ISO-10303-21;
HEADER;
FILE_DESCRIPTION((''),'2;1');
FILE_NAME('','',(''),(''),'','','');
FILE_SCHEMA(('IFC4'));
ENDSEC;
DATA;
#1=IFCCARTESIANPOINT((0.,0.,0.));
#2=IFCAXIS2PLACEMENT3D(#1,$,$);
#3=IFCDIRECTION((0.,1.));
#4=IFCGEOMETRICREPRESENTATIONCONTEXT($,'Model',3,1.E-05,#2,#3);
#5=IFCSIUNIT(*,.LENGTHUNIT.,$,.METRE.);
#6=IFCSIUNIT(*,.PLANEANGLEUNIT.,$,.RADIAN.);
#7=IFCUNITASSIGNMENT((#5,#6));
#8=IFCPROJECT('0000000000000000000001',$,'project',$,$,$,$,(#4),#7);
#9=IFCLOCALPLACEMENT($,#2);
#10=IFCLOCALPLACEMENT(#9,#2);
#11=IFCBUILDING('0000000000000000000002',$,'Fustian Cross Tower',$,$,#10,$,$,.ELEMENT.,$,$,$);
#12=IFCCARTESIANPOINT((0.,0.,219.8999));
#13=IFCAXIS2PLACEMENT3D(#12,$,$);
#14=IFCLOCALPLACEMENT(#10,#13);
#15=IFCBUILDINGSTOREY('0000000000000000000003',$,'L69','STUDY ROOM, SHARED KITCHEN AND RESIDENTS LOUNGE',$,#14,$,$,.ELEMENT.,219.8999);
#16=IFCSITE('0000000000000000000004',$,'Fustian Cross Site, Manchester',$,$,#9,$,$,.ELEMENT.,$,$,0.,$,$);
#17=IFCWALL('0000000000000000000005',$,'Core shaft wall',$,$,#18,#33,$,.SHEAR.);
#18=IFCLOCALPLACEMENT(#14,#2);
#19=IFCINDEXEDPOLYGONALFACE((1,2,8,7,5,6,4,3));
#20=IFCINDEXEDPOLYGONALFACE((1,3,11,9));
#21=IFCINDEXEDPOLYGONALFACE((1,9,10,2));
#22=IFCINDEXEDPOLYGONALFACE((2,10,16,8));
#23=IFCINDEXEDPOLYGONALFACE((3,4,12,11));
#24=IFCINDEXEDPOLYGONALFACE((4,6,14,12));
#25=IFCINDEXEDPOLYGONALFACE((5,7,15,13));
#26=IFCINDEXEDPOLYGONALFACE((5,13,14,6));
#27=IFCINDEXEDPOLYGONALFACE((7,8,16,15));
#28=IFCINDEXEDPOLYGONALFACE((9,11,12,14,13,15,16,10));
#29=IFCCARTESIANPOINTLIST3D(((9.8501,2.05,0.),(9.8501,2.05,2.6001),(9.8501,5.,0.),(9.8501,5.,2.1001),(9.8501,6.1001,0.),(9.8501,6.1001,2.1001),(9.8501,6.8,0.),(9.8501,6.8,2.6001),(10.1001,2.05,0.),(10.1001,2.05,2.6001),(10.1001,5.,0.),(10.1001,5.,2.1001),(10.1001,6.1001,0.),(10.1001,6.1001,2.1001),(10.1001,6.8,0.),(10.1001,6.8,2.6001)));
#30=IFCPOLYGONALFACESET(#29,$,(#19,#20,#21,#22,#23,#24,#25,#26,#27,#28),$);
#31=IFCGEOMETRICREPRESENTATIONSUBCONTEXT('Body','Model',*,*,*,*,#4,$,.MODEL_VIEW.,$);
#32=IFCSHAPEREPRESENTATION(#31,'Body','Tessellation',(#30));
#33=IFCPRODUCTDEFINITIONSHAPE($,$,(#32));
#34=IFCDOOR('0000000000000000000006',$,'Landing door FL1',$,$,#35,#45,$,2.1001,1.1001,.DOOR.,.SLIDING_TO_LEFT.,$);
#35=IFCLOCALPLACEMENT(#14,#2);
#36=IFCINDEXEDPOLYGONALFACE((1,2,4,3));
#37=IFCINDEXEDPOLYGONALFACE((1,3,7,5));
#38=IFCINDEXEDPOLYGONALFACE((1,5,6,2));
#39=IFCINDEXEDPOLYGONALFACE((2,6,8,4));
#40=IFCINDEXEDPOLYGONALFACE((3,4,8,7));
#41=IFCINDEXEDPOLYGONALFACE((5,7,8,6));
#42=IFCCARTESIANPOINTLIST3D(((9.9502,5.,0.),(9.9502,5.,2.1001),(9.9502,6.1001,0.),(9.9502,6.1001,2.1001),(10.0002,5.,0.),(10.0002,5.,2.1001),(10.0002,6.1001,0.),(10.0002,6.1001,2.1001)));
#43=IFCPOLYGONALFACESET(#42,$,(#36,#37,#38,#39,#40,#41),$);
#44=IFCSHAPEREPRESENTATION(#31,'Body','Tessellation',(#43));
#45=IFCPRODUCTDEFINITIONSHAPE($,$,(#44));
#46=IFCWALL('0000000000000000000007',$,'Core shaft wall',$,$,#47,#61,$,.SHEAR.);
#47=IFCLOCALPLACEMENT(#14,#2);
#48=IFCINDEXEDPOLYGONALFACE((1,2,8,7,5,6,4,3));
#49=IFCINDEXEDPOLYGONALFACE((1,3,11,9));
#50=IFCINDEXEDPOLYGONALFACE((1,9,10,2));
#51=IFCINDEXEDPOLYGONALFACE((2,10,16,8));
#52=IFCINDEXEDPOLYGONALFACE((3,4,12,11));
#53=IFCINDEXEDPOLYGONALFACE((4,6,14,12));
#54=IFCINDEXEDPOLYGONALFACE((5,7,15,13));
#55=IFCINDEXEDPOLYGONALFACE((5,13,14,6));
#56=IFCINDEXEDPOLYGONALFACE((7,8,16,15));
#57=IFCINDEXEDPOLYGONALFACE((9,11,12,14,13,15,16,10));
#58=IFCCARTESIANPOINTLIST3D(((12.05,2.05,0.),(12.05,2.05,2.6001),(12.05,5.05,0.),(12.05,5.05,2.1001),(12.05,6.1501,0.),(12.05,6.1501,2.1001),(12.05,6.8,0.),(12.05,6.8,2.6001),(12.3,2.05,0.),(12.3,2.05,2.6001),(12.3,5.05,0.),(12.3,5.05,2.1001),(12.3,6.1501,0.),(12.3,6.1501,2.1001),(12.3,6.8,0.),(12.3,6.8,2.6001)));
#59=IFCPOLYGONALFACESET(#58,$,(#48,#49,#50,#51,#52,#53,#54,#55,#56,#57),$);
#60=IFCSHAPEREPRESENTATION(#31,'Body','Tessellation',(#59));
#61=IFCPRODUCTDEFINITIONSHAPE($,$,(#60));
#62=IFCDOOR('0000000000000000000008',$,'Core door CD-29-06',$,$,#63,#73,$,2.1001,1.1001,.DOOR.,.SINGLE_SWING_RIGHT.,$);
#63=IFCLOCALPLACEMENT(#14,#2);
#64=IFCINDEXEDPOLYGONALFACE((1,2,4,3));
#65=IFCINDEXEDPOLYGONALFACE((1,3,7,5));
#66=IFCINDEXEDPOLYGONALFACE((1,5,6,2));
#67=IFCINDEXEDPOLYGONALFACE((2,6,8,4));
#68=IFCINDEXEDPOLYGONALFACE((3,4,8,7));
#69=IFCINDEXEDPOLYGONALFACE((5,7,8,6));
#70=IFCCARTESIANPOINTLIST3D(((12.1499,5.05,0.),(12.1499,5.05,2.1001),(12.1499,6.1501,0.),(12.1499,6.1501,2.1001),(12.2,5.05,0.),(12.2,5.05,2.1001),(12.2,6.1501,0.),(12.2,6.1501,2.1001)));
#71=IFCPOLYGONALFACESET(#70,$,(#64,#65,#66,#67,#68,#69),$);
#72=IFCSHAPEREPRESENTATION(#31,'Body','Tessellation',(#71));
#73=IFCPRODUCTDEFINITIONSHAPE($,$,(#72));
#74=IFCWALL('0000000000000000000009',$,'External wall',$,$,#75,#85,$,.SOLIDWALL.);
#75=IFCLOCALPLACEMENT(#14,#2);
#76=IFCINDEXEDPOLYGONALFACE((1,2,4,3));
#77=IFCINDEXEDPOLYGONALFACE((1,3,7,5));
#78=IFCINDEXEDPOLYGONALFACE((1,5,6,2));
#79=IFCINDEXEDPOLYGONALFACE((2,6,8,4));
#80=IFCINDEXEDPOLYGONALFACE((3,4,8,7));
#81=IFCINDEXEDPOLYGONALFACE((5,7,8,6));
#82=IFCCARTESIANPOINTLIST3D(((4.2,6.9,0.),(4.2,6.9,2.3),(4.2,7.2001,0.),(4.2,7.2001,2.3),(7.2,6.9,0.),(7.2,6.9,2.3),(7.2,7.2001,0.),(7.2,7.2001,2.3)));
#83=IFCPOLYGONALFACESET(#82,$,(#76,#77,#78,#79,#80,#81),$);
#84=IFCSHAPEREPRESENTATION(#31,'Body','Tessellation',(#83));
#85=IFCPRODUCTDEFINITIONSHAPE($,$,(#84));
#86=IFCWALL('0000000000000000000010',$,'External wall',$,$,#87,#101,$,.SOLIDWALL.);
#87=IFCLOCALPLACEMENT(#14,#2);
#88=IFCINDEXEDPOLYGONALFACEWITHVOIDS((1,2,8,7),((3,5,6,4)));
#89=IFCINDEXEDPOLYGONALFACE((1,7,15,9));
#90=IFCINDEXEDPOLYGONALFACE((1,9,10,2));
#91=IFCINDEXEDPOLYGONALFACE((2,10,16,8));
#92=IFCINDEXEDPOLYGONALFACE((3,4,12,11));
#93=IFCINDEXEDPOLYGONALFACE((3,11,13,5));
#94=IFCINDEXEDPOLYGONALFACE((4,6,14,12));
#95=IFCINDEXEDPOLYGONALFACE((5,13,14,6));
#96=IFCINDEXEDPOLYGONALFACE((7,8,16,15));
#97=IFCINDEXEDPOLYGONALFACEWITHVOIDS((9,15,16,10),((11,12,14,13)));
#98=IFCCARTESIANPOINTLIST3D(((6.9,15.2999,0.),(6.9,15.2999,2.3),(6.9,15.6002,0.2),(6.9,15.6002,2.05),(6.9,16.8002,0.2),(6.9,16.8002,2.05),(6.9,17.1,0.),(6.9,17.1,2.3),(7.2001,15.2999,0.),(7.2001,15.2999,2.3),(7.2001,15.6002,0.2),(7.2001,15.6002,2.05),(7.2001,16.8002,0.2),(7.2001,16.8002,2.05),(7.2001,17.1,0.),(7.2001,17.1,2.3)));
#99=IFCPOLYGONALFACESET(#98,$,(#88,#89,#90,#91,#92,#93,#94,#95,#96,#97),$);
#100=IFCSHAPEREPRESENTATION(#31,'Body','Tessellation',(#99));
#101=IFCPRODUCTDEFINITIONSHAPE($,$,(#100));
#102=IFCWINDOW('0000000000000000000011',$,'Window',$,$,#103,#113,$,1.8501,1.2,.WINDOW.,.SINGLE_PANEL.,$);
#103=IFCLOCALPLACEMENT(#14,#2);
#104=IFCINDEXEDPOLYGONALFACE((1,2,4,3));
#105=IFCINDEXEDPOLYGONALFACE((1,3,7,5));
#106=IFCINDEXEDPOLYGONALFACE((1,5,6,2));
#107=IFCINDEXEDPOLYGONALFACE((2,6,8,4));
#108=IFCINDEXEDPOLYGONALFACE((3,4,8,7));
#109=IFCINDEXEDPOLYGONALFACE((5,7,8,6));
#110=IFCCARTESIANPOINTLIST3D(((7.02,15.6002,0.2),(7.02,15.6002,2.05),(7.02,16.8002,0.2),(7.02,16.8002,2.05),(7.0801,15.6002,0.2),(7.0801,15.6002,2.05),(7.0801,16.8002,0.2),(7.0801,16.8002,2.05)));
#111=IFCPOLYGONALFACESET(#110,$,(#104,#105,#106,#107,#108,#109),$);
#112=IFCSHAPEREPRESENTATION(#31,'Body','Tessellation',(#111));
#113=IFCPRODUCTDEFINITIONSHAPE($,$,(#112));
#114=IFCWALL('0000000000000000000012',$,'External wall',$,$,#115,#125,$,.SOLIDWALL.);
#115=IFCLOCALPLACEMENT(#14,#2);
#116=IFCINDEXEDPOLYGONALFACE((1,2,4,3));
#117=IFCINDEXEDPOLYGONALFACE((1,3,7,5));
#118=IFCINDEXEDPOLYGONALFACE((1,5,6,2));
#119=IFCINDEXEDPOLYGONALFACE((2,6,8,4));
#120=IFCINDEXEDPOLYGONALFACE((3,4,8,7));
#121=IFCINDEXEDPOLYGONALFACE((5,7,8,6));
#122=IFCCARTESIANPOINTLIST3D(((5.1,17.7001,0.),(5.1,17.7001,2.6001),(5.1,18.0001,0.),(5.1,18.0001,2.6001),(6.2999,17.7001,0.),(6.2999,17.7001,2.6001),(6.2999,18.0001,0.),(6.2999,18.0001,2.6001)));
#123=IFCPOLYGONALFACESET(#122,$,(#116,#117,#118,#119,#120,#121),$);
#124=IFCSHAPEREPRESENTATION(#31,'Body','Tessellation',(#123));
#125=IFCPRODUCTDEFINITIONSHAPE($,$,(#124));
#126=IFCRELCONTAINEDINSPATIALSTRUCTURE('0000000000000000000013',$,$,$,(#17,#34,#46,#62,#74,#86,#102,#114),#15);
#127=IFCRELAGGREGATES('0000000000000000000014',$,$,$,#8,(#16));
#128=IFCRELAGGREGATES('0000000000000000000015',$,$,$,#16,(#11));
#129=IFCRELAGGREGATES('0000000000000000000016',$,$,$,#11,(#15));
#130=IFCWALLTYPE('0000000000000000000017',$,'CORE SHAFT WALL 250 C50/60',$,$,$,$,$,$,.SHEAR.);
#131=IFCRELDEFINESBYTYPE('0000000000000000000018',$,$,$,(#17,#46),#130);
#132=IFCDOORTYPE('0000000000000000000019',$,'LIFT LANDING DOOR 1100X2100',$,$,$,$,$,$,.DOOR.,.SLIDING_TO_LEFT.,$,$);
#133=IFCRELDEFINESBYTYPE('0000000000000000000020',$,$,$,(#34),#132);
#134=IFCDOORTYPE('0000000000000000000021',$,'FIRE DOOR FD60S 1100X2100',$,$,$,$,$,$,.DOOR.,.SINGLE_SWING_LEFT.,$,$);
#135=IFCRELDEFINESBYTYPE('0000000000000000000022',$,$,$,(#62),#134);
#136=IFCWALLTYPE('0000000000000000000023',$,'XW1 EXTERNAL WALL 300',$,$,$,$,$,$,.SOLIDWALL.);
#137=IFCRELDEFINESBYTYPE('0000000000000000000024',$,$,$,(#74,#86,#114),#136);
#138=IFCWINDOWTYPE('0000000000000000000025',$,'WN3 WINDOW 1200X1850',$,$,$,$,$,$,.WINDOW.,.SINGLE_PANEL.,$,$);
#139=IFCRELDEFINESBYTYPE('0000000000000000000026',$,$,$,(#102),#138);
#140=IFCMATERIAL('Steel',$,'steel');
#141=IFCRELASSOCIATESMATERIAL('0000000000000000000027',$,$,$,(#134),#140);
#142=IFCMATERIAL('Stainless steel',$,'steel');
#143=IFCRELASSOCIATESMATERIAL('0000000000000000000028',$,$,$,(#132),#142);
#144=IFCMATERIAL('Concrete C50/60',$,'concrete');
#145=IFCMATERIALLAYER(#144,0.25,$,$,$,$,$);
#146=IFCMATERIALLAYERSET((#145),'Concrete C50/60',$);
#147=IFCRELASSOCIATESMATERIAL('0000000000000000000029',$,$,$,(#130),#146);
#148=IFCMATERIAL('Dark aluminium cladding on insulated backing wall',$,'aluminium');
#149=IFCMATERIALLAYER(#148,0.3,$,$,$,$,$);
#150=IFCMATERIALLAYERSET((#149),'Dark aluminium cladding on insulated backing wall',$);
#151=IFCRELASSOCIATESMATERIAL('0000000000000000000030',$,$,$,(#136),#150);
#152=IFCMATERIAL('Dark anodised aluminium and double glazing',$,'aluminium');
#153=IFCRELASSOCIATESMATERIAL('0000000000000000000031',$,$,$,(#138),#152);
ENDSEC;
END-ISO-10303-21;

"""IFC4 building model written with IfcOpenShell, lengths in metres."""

from ifc_helpers import new_model, si_unit, direction, frame, frame_2d, origin, place, context, subcontext, project, spatial, rectangle, extrude, material, layer, layer_set, type_object, element, fill, save


model = new_model("IFC4")

# Units and contexts
model_context = context("Model", 3, precision=1e-05, world=origin(), true_north=direction((0.0, 1.0)))
body_context = subcontext(model_context, "Body", "Model", "MODEL_VIEW")
ifc_project = project(units=[si_unit("LENGTHUNIT", "METRE"), si_unit("PLANEANGLEUNIT", "RADIAN")], contexts=[model_context])

# Site, building, storey
site_placement = place(None, origin())
site = spatial("IfcSite", under=ifc_project, at=site_placement, Name="Fustian Cross Site, Manchester", CompositionType="ELEMENT", RefElevation=0.0)
building_placement = place(site_placement, origin())
building = spatial("IfcBuilding", under=site, at=building_placement, Name="Fustian Cross Tower", CompositionType="ELEMENT")
storey_placement = place(building_placement, frame((0.0, 0.0, 219.8999)))
storey = spatial("IfcBuildingStorey", under=building, at=storey_placement, Name="L69", Description="STUDY ROOM, SHARED KITCHEN AND RESIDENTS LOUNGE", CompositionType="ELEMENT", Elevation=219.8999)

# Shared definitions
ifc_material_1 = material(Name="Steel", Category="steel")
door_type_1 = type_object("IfcDoorType", Name="FIRE DOOR FD60S 1100X2100", OperationType="SINGLE_SWING_LEFT", PredefinedType="DOOR", material=ifc_material_1)
ifc_material_2 = material(Name="Stainless steel", Category="steel")
door_type_2 = type_object("IfcDoorType", Name="LIFT LANDING DOOR 1100X2100", OperationType="SLIDING_TO_LEFT", PredefinedType="DOOR", material=ifc_material_2)

# Shared definitions
ifc_material_3 = material(Name="Concrete C50/60", Category="concrete")
ifc_layer_1 = layer(ifc_material_3, 0.25)
ifc_layer_set_1 = layer_set([ifc_layer_1], Name="Concrete C50/60")
wall_type_1 = type_object("IfcWallType", Name="CORE SHAFT WALL 250 C50/60", PredefinedType="SHEAR", material=ifc_layer_set_1)

# Walls, openings, doors
wall_1_placement = place(storey_placement, frame((9.9751, 2.05, 0.0), z_axis=(0.0, 0.0, 1.0), x_axis=(0.0, 1.0, 0.0)))
wall_1 = element("IfcWall", 1, at=wall_1_placement, inside=storey, type_object=wall_type_1, Name="Core shaft wall", PredefinedType="SHEAR", context=body_context, shape_type="SweptSolid", body=[
    extrude(rectangle(XDim=4.75, YDim=0.25, at=frame_2d((2.375, 0.0))), origin(), (0.0, 0.0, 1.0), 2.6001),
])
opening_1_placement = place(wall_1_placement, frame((2.95, 0.0, 0.0)))
opening_1 = element("IfcOpeningElement", 2, at=opening_1_placement, cuts=wall_1, PredefinedType="OPENING", context=body_context, shape_type="SweptSolid", body=[
    extrude(rectangle(XDim=1.1001, YDim=2.1001, at=frame_2d((0.55, 1.05))), frame((0.0, 0.135, 0.0), z_axis=(0.0, -1.0, 0.0), x_axis=(1.0, 0.0, 0.0)), (0.0, 0.0, 1.0), 0.27),
])
door_1_placement = place(opening_1_placement, origin())
door_1 = element("IfcDoor", 3, at=door_1_placement, inside=storey, type_object=door_type_2, Name="Landing door FL1", OperationType="SLIDING_TO_LEFT", OverallHeight=2.1001, OverallWidth=1.1001, PredefinedType="DOOR", context=body_context, shape_type="SweptSolid", body=[
    extrude(rectangle(XDim=1.1001, YDim=2.1001, at=frame_2d((0.55, 1.05))), frame((0.0, 0.0249, 0.0), z_axis=(0.0, -1.0, 0.0), x_axis=(1.0, 0.0, 0.0)), (0.0, 0.0, 1.0), 0.05),
])
fill(opening_1, door_1)
wall_2_placement = place(storey_placement, frame((12.175, 2.05, 0.0), z_axis=(0.0, 0.0, 1.0), x_axis=(0.0, 1.0, 0.0)))
wall_2 = element("IfcWall", 4, at=wall_2_placement, inside=storey, type_object=wall_type_1, Name="Core shaft wall", PredefinedType="SHEAR", context=body_context, shape_type="SweptSolid", body=[
    extrude(rectangle(XDim=4.75, YDim=0.25, at=frame_2d((2.375, 0.0))), origin(), (0.0, 0.0, 1.0), 2.6001),
])
opening_2_placement = place(wall_2_placement, frame((3.0, 0.0, 0.0)))
opening_2 = element("IfcOpeningElement", 5, at=opening_2_placement, cuts=wall_2, PredefinedType="OPENING", context=body_context, shape_type="SweptSolid", body=[
    extrude(rectangle(XDim=1.1001, YDim=2.1001, at=frame_2d((0.55, 1.05))), frame((0.0, 0.135, 0.0), z_axis=(0.0, -1.0, 0.0), x_axis=(1.0, 0.0, 0.0)), (0.0, 0.0, 1.0), 0.27),
])
door_2_placement = place(opening_2_placement, frame((1.1001, 0.0, 0.0), z_axis=(0.0, 0.0, 1.0), x_axis=(-1.0, 0.0, 0.0)))
door_2 = element("IfcDoor", 6, at=door_2_placement, inside=storey, type_object=door_type_1, Name="Core door CD-29-06", OperationType="SINGLE_SWING_RIGHT", OverallHeight=2.1001, OverallWidth=1.1001, PredefinedType="DOOR", context=body_context, shape_type="SweptSolid", body=[
    extrude(rectangle(XDim=1.1001, YDim=2.1001, at=frame_2d((0.55, 1.05))), frame((0.0, 0.0249, 0.0), z_axis=(0.0, -1.0, 0.0), x_axis=(1.0, 0.0, 0.0)), (0.0, 0.0, 1.0), 0.05),
])
fill(opening_2, door_2)

# Wall
ifc_material_4 = material(Name="Dark aluminium cladding on insulated backing wall", Category="aluminium")
ifc_layer_2 = layer(ifc_material_4, 0.3)
ifc_layer_set_2 = layer_set([ifc_layer_2], Name="Dark aluminium cladding on insulated backing wall")
wall_type_2 = type_object("IfcWallType", Name="XW1 EXTERNAL WALL 300", PredefinedType="SOLIDWALL", material=ifc_layer_set_2)
wall_3_placement = place(storey_placement, frame((7.2, 7.05, 0.0), z_axis=(0.0, 0.0, 1.0), x_axis=(-1.0, 0.0, 0.0)))
element("IfcWall", 7, at=wall_3_placement, inside=storey, type_object=wall_type_2, Name="External wall", PredefinedType="SOLIDWALL", context=body_context, shape_type="SweptSolid", body=[
    extrude(rectangle(XDim=3.0, YDim=0.3, at=frame_2d((1.5, 0.0))), origin(), (0.0, 0.0, 1.0), 2.3),
])

# Wall, opening, window
wall_4_placement = place(storey_placement, frame((7.05, 15.3, 0.0), z_axis=(0.0, 0.0, 1.0), x_axis=(0.0, 1.0, 0.0)))
wall_4 = element("IfcWall", 8, at=wall_4_placement, inside=storey, type_object=wall_type_2, Name="External wall", PredefinedType="SOLIDWALL", context=body_context, shape_type="SweptSolid", body=[
    extrude(rectangle(XDim=1.8, YDim=0.3, at=frame_2d((0.8999, 0.0))), origin(), (0.0, 0.0, 1.0), 2.3),
])
opening_3_placement = place(wall_4_placement, frame((0.3, 0.0, 0.2)))
opening_3 = element("IfcOpeningElement", 9, at=opening_3_placement, cuts=wall_4, PredefinedType="OPENING", context=body_context, shape_type="SweptSolid", body=[
    extrude(rectangle(XDim=1.2, YDim=1.8501, at=frame_2d((0.6001, 0.925))), frame((0.0, 0.1599, 0.0), z_axis=(0.0, -1.0, 0.0), x_axis=(1.0, 0.0, 0.0)), (0.0, 0.0, 1.0), 0.3201),
])
ifc_material_5 = material(Name="Dark anodised aluminium and double glazing", Category="aluminium")
window_type = type_object("IfcWindowType", Name="WN3 WINDOW 1200X1850", PartitioningType="SINGLE_PANEL", PredefinedType="WINDOW", material=ifc_material_5)
window_placement = place(opening_3_placement, origin())
window = element("IfcWindow", 10, at=window_placement, inside=storey, type_object=window_type, Name="Window", OverallHeight=1.8501, OverallWidth=1.2, PartitioningType="SINGLE_PANEL", PredefinedType="WINDOW", context=body_context, shape_type="SweptSolid", body=[
    extrude(rectangle(XDim=1.2, YDim=1.8501, at=frame_2d((0.6001, 0.925))), frame((0.0, 0.03, 0.0), z_axis=(0.0, -1.0, 0.0), x_axis=(1.0, 0.0, 0.0)), (0.0, 0.0, 1.0), 0.0601),
])
fill(opening_3, window)

# Wall
wall_5_placement = place(storey_placement, frame((6.3, 17.8501, 0.0), z_axis=(0.0, 0.0, 1.0), x_axis=(-1.0, 0.0, 0.0)))
element("IfcWall", 11, at=wall_5_placement, inside=storey, type_object=wall_type_2, Name="External wall", PredefinedType="SOLIDWALL", context=body_context, shape_type="SweptSolid", body=[
    extrude(rectangle(XDim=1.2, YDim=0.3, at=frame_2d((0.6001, 0.0))), origin(), (0.0, 0.0, 1.0), 2.6001),
])

save(model, "model.ifc")
